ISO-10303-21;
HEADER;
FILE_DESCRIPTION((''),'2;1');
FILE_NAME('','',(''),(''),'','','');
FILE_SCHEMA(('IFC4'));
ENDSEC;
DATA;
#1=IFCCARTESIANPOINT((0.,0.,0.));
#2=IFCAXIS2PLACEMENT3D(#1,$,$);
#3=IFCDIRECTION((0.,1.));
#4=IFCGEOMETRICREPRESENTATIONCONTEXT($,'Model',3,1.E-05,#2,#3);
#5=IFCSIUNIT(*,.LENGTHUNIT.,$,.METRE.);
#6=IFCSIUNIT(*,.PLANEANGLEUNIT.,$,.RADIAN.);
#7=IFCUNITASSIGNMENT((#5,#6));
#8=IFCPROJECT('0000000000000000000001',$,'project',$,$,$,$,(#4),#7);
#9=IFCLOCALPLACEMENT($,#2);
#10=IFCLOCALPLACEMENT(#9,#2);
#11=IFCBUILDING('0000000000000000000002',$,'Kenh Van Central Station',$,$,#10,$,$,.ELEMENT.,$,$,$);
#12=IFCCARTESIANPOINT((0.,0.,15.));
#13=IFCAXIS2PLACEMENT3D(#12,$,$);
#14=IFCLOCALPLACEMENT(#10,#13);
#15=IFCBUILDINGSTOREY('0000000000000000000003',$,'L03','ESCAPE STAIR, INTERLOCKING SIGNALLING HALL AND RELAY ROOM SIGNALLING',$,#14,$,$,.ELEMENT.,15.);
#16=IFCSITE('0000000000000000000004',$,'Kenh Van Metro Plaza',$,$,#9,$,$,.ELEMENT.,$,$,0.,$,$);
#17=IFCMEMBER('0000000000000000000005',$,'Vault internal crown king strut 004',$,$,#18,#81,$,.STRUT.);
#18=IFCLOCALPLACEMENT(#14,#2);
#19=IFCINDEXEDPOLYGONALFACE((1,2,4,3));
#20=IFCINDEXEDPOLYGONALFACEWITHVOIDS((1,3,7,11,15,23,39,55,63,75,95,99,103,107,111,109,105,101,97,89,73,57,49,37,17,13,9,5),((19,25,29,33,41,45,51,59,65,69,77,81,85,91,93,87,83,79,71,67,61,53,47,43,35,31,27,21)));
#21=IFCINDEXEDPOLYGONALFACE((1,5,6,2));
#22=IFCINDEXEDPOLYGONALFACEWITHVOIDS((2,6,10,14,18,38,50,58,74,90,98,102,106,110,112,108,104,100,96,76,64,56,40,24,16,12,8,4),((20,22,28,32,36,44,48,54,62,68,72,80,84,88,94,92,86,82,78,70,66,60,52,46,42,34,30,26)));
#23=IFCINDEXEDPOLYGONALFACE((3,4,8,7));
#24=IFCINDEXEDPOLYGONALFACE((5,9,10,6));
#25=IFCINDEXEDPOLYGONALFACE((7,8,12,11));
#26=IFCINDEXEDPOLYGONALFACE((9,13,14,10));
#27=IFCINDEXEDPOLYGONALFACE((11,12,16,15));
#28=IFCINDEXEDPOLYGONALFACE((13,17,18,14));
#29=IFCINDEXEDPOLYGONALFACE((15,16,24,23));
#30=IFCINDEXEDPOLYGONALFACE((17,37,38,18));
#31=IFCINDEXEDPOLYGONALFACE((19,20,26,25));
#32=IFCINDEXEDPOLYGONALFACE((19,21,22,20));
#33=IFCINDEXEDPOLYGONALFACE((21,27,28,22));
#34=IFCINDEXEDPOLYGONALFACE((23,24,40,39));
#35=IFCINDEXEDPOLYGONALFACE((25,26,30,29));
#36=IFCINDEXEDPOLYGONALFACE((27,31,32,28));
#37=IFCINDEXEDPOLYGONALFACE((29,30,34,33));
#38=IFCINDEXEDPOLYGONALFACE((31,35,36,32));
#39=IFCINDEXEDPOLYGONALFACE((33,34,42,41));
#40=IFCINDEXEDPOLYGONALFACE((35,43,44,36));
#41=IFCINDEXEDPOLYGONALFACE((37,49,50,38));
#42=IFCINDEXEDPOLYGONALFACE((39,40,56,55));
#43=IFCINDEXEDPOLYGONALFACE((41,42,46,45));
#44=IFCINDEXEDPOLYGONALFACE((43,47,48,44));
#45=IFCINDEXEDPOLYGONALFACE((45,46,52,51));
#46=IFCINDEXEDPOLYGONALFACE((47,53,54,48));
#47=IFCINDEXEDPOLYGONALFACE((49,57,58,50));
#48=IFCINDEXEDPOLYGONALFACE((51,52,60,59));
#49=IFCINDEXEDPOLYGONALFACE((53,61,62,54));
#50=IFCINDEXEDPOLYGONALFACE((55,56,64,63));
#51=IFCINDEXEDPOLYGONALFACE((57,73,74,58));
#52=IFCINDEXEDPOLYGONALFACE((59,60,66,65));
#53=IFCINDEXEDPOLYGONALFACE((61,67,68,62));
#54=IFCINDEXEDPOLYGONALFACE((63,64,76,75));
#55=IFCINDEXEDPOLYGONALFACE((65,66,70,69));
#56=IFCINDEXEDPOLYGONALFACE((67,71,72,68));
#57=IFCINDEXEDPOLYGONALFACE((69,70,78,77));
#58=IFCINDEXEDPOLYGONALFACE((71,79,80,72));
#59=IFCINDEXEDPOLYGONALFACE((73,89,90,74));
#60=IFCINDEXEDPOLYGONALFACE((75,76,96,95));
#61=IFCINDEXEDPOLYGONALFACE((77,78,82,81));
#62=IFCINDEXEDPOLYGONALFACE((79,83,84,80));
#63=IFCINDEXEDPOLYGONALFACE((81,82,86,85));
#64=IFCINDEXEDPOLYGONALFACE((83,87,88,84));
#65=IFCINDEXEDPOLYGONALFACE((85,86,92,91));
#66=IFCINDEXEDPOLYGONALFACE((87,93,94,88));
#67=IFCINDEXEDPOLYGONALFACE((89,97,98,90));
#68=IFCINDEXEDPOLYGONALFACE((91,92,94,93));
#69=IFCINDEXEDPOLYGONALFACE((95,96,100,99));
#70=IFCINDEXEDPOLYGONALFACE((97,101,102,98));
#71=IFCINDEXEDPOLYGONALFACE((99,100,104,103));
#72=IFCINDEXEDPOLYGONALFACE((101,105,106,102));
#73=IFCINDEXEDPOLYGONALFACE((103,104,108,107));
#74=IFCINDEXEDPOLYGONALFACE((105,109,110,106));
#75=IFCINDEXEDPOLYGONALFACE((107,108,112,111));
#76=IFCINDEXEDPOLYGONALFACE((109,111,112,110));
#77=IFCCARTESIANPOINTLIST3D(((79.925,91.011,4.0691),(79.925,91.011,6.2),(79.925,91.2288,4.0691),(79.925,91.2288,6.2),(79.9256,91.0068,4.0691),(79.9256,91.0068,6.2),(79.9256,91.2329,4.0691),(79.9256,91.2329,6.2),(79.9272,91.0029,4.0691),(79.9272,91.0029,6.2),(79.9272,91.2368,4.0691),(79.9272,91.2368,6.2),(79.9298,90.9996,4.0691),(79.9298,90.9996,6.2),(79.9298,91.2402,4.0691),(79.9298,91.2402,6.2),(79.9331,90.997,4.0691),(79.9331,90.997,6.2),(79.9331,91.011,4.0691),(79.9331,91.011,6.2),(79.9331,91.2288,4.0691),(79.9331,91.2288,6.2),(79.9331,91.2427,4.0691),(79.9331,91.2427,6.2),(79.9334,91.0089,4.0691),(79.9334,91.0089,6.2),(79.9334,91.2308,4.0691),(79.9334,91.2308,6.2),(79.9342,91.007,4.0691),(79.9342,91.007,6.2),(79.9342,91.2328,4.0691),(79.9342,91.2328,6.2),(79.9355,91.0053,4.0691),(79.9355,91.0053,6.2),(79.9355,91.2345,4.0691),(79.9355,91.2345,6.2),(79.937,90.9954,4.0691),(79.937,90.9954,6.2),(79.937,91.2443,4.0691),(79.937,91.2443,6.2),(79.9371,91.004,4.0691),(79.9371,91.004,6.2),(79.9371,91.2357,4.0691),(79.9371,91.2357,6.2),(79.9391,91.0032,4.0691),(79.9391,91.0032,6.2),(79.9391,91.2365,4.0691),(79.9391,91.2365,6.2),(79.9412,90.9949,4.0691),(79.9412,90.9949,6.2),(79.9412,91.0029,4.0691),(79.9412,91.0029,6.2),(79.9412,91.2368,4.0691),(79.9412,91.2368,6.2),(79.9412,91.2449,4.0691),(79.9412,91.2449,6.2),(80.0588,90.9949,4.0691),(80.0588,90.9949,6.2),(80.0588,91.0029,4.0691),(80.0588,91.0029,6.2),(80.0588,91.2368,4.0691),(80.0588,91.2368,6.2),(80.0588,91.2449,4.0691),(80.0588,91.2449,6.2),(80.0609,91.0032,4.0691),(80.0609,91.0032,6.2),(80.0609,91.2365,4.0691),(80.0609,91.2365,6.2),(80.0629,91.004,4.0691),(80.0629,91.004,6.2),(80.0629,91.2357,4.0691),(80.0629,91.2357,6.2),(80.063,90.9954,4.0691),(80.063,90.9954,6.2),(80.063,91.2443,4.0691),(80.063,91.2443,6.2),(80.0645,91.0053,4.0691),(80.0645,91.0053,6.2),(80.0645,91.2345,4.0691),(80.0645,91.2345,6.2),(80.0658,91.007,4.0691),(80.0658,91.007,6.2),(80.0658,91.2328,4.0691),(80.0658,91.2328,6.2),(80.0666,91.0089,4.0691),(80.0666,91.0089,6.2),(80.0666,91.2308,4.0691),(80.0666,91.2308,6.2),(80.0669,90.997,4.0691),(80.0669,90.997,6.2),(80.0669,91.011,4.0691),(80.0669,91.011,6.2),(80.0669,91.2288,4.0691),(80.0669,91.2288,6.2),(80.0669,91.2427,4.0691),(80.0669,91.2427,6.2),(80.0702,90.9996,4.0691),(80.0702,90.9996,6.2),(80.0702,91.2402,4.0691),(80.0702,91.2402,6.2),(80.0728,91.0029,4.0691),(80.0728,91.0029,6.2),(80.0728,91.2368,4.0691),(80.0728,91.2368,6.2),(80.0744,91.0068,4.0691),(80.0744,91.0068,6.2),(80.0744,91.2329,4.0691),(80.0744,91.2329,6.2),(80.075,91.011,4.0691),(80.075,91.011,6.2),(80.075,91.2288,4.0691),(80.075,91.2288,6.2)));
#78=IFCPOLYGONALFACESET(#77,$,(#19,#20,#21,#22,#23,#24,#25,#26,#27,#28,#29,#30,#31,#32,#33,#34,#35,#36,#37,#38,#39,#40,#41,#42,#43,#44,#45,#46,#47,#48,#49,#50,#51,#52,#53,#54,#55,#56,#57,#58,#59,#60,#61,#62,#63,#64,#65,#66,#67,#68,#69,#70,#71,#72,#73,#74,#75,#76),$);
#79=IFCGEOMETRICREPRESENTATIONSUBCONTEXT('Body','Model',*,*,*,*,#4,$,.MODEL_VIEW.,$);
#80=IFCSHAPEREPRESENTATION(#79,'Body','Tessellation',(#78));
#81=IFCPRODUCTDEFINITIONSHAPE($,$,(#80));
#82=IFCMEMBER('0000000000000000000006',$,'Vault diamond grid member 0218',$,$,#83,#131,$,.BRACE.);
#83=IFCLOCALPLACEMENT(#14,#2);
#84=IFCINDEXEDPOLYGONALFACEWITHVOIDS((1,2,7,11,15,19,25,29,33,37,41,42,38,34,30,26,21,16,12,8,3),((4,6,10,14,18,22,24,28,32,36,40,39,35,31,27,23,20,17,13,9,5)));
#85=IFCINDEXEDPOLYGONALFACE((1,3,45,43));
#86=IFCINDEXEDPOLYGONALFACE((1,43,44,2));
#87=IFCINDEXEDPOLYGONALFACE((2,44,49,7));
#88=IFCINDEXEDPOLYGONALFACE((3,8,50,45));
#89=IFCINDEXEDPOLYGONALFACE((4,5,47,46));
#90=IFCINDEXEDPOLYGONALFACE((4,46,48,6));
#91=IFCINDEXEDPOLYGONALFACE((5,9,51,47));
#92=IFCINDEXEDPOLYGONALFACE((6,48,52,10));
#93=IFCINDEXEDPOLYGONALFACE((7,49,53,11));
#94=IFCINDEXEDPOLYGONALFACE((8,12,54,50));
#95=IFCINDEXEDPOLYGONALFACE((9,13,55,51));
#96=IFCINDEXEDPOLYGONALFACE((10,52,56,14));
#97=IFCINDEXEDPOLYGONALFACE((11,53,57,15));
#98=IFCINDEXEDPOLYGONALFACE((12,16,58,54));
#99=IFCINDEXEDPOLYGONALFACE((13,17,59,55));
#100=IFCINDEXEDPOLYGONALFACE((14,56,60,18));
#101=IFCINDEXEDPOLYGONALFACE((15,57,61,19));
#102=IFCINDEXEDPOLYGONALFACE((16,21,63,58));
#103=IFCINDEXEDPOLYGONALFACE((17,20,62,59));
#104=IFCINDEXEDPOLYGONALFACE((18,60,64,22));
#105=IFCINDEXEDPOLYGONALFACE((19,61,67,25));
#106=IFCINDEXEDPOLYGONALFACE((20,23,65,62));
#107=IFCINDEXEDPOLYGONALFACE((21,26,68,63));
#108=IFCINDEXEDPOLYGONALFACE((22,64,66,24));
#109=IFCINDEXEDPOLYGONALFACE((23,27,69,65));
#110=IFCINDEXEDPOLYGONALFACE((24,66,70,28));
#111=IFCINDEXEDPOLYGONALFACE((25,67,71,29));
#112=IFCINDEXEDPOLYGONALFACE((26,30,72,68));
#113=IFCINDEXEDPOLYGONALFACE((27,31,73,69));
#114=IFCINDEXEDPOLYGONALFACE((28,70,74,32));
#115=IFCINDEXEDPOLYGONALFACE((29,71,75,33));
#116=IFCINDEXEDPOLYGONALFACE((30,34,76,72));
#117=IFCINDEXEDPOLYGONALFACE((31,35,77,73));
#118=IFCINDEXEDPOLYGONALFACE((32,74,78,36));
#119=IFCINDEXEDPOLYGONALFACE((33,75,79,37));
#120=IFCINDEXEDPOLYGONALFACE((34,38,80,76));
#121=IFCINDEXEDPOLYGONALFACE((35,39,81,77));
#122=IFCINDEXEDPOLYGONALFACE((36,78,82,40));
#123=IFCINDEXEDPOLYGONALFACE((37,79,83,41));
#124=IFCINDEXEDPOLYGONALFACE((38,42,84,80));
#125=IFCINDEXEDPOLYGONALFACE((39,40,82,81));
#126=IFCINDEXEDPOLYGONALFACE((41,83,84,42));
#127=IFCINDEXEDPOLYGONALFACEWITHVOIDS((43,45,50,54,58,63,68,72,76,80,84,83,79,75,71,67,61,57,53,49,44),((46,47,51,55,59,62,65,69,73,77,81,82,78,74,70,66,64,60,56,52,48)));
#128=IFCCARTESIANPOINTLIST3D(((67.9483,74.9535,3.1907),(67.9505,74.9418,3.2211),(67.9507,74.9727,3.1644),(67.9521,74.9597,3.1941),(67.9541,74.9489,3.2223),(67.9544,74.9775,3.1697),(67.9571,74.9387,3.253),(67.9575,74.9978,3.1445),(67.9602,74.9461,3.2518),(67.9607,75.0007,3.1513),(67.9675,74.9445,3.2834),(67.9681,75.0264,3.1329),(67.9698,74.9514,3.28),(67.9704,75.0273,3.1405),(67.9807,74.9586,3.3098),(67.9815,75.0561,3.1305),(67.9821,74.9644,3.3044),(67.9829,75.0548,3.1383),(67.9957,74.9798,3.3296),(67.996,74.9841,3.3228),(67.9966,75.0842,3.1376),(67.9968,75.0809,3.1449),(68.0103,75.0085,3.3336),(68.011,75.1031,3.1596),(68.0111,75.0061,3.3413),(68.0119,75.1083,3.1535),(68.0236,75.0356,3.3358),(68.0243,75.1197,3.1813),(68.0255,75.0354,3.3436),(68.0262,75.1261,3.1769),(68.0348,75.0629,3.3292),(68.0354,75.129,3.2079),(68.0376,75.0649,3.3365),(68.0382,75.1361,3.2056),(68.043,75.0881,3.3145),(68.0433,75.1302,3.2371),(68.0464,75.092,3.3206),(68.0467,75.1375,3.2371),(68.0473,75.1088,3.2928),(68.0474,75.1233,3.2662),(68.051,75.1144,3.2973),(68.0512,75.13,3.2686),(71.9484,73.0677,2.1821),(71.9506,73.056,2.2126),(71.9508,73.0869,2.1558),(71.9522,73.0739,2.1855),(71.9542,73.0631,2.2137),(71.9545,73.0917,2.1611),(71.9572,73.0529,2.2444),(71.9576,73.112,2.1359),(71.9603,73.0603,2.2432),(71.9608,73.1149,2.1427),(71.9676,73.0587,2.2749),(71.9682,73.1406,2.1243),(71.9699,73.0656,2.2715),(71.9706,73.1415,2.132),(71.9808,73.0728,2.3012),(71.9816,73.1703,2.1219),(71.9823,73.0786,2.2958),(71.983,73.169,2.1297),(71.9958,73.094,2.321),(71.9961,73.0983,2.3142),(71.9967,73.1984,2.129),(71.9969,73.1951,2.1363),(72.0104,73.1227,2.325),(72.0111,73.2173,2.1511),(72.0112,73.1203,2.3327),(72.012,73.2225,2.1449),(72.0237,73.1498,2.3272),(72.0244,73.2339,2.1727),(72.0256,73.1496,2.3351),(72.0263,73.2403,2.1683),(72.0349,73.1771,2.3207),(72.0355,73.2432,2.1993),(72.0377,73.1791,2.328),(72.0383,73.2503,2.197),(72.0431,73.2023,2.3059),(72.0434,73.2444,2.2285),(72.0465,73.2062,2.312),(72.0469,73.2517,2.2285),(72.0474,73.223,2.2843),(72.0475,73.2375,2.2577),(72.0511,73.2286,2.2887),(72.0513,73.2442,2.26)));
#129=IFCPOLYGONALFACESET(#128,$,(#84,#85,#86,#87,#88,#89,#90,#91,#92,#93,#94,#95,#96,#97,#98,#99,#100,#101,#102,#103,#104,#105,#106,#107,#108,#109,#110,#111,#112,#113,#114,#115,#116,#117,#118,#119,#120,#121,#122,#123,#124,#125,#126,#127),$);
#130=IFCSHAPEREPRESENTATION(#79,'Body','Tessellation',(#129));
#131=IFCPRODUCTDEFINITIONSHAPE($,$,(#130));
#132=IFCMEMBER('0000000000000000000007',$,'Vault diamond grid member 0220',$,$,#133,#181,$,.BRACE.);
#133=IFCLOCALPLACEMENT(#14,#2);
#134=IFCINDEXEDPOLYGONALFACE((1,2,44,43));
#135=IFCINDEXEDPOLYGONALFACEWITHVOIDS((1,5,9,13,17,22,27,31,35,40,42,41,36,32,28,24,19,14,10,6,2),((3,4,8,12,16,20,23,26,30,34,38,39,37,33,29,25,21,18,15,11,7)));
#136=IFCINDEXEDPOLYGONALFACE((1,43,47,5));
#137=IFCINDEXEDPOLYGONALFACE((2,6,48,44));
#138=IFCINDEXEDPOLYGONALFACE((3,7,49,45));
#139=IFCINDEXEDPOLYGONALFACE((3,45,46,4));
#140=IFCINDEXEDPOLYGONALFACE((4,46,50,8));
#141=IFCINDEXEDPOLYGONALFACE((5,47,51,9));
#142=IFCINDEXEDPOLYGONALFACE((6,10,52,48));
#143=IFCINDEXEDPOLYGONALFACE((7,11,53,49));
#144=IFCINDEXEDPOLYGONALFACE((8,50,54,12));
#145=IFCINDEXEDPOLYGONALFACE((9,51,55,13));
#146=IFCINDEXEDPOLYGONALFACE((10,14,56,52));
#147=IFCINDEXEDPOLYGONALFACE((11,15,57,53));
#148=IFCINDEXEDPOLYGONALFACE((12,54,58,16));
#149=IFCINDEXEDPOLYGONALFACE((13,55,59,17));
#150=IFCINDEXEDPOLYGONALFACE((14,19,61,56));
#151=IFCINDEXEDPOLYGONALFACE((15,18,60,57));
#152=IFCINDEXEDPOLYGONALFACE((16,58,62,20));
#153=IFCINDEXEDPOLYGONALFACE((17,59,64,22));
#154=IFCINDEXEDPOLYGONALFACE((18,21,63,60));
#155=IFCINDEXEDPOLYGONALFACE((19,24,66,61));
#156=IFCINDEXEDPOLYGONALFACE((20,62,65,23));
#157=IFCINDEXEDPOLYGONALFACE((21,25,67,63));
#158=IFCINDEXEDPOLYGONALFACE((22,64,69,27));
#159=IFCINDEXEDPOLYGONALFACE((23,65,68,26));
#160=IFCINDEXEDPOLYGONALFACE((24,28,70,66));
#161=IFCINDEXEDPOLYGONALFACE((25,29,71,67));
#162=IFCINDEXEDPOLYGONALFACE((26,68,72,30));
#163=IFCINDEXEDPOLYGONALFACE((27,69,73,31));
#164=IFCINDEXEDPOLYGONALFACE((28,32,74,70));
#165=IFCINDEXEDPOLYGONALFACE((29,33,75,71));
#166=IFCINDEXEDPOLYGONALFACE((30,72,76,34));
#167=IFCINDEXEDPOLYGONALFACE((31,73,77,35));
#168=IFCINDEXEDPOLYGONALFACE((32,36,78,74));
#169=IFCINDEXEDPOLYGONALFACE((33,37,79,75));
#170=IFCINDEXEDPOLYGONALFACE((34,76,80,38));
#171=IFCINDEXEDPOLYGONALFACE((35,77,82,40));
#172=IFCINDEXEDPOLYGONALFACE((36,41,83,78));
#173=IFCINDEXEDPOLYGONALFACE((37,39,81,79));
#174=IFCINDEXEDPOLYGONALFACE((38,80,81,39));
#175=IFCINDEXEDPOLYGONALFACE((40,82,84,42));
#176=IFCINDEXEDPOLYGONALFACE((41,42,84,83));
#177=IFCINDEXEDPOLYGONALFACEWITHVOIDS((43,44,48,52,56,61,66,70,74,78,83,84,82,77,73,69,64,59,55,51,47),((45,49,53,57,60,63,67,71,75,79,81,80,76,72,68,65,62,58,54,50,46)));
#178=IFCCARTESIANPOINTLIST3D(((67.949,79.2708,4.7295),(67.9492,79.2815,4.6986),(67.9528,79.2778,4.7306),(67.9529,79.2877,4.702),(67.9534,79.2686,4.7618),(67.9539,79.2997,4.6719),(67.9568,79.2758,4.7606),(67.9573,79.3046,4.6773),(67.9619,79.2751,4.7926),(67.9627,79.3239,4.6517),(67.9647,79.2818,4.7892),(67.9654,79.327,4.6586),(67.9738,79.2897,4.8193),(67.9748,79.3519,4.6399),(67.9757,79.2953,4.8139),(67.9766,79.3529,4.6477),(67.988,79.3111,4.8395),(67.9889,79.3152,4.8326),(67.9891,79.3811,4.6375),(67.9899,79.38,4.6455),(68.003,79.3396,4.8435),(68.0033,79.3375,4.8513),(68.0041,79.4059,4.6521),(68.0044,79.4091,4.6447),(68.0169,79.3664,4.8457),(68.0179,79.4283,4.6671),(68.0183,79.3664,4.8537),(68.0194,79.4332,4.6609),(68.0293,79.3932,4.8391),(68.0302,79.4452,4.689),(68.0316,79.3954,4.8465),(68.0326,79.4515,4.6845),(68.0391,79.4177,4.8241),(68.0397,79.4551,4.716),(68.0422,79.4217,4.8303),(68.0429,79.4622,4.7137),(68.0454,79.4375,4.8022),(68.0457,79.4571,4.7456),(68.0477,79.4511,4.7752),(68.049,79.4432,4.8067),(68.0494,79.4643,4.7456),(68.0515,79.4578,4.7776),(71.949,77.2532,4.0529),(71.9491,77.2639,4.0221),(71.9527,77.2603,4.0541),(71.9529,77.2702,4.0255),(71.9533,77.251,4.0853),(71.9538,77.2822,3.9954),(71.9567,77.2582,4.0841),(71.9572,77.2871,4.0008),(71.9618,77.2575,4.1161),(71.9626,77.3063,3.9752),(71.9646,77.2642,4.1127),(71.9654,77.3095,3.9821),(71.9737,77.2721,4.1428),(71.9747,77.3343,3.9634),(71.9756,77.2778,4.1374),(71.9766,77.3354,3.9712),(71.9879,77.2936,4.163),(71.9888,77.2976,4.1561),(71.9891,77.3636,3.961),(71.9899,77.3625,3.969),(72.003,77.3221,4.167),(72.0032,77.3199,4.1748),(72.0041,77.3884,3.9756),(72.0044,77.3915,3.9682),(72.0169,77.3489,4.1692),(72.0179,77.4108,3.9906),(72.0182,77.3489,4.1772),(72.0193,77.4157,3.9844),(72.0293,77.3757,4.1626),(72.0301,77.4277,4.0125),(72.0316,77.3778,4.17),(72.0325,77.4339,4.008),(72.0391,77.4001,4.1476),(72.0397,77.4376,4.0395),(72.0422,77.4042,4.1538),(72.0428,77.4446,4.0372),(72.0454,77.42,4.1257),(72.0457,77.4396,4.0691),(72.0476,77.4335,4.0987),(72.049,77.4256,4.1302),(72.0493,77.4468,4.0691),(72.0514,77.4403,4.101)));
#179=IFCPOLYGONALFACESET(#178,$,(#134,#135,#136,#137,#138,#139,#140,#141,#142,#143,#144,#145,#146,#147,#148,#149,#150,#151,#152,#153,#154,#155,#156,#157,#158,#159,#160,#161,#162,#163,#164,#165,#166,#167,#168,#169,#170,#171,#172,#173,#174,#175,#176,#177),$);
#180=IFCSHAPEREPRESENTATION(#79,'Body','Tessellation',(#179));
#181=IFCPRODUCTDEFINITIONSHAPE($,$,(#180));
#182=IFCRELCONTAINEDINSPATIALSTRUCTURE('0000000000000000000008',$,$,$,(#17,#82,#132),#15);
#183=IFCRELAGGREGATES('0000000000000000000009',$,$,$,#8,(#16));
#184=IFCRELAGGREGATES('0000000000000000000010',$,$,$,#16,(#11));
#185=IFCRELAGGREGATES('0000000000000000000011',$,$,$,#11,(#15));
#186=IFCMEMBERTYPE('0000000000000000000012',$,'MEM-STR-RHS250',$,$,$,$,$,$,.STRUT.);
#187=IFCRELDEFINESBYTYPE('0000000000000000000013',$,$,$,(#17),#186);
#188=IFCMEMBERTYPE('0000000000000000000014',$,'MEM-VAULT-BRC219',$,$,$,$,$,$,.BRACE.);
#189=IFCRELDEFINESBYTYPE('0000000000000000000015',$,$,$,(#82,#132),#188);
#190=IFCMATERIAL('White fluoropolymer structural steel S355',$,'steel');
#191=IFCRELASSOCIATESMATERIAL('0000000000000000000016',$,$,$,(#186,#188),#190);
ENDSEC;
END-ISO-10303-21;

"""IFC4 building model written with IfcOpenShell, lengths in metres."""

from ifc_helpers import new_model, si_unit, direction, frame, origin, origin_2d, place, context, subcontext, project, spatial, hollow_rectangle, hollow_circle, extrude, material, material_profile, profile_set, type_object, element, save


model = new_model("IFC4")

# Units and contexts
model_context = context("Model", 3, precision=1e-05, world=origin(), true_north=direction((0.0, 1.0)))
body_context = subcontext(model_context, "Body", "Model", "MODEL_VIEW")
ifc_project = project(units=[si_unit("LENGTHUNIT", "METRE"), si_unit("PLANEANGLEUNIT", "RADIAN")], contexts=[model_context])

# Site, building, storey
site_placement = place(None, origin())
site = spatial("IfcSite", under=ifc_project, at=site_placement, Name="Kenh Van Metro Plaza", CompositionType="ELEMENT", RefElevation=0.0)
building_placement = place(site_placement, origin())
building = spatial("IfcBuilding", under=site, at=building_placement, Name="Kenh Van Central Station", CompositionType="ELEMENT")
storey_placement = place(building_placement, frame((0.0, 0.0, 15.0)))
storey = spatial("IfcBuildingStorey", under=building, at=storey_placement, Name="L03", Description="ESCAPE STAIR, INTERLOCKING SIGNALLING HALL AND RELAY ROOM SIGNALLING", CompositionType="ELEMENT", Elevation=15.0)

# Shared definitions
ifc_material_1 = material(Name="White fluoropolymer structural steel S355", Category="steel")

# Members
ifc_material_profile_1 = material_profile(ifc_material_1, hollow_rectangle(XDim=0.1499, YDim=0.25, WallThickness=0.0081, InnerFilletRadius=0.0081, OuterFilletRadius=0.0161, at=origin_2d()), Name="RHS 250x150x8")
ifc_profile_set_1 = profile_set([ifc_material_profile_1], Name="White fluoropolymer structural steel S355")
member_type_1 = type_object("IfcMemberType", Name="MEM-STR-RHS250", PredefinedType="STRUT", material=ifc_profile_set_1)
member_1_placement = place(storey_placement, frame((80.0, 91.1199, 4.0691), z_axis=(0.0, 0.0, 1.0), x_axis=(1.0, 0.0, 0.0)))
element("IfcMember", 1, at=member_1_placement, inside=storey, type_object=member_type_1, Name="Vault internal crown king strut 004", PredefinedType="STRUT", context=body_context, shape_type="SweptSolid", body=[
    extrude(hollow_rectangle(XDim=0.1499, YDim=0.25, WallThickness=0.0081, InnerFilletRadius=0.0081, OuterFilletRadius=0.0161, at=origin_2d()), origin(), (0.0, 0.0, 1.0), 2.1309),
])
ifc_material_profile_2 = material_profile(ifc_material_1, hollow_circle(Radius=0.1096, WallThickness=0.0081, at=origin_2d()), Name="CHS 219.1x8")
ifc_profile_set_2 = profile_set([ifc_material_profile_2], Name="White fluoropolymer structural steel S355")
member_type_2 = type_object("IfcMemberType", Name="MEM-VAULT-BRC219", PredefinedType="BRACE", material=ifc_profile_set_2)
member_2_placement = place(storey_placement, frame((68.0, 75.0383, 3.2371), z_axis=(0.881879, -0.415749, -0.222354), x_axis=(0.426424, 0.904523, 0.0)))
element("IfcMember", 2, at=member_2_placement, inside=storey, type_object=member_type_2, Name="Vault diamond grid member 0218", PredefinedType="BRACE", context=body_context, shape_type="SweptSolid", body=[
    extrude(hollow_circle(Radius=0.1096, WallThickness=0.0081, at=origin_2d()), origin(), (0.0, 0.0, 1.0), 4.5359),
])
member_3_placement = place(storey_placement, frame((68.0, 79.3665, 4.7456), z_axis=(0.882843, -0.445301, -0.149314), x_axis=(0.45035, 0.892852, 0.0)))
element("IfcMember", 3, at=member_3_placement, inside=storey, type_object=member_type_2, Name="Vault diamond grid member 0220", PredefinedType="BRACE", context=body_context, shape_type="SweptSolid", body=[
    extrude(hollow_circle(Radius=0.1096, WallThickness=0.0081, at=origin_2d()), origin(), (0.0, 0.0, 1.0), 4.5308),
])

save(model, "model.ifc")
